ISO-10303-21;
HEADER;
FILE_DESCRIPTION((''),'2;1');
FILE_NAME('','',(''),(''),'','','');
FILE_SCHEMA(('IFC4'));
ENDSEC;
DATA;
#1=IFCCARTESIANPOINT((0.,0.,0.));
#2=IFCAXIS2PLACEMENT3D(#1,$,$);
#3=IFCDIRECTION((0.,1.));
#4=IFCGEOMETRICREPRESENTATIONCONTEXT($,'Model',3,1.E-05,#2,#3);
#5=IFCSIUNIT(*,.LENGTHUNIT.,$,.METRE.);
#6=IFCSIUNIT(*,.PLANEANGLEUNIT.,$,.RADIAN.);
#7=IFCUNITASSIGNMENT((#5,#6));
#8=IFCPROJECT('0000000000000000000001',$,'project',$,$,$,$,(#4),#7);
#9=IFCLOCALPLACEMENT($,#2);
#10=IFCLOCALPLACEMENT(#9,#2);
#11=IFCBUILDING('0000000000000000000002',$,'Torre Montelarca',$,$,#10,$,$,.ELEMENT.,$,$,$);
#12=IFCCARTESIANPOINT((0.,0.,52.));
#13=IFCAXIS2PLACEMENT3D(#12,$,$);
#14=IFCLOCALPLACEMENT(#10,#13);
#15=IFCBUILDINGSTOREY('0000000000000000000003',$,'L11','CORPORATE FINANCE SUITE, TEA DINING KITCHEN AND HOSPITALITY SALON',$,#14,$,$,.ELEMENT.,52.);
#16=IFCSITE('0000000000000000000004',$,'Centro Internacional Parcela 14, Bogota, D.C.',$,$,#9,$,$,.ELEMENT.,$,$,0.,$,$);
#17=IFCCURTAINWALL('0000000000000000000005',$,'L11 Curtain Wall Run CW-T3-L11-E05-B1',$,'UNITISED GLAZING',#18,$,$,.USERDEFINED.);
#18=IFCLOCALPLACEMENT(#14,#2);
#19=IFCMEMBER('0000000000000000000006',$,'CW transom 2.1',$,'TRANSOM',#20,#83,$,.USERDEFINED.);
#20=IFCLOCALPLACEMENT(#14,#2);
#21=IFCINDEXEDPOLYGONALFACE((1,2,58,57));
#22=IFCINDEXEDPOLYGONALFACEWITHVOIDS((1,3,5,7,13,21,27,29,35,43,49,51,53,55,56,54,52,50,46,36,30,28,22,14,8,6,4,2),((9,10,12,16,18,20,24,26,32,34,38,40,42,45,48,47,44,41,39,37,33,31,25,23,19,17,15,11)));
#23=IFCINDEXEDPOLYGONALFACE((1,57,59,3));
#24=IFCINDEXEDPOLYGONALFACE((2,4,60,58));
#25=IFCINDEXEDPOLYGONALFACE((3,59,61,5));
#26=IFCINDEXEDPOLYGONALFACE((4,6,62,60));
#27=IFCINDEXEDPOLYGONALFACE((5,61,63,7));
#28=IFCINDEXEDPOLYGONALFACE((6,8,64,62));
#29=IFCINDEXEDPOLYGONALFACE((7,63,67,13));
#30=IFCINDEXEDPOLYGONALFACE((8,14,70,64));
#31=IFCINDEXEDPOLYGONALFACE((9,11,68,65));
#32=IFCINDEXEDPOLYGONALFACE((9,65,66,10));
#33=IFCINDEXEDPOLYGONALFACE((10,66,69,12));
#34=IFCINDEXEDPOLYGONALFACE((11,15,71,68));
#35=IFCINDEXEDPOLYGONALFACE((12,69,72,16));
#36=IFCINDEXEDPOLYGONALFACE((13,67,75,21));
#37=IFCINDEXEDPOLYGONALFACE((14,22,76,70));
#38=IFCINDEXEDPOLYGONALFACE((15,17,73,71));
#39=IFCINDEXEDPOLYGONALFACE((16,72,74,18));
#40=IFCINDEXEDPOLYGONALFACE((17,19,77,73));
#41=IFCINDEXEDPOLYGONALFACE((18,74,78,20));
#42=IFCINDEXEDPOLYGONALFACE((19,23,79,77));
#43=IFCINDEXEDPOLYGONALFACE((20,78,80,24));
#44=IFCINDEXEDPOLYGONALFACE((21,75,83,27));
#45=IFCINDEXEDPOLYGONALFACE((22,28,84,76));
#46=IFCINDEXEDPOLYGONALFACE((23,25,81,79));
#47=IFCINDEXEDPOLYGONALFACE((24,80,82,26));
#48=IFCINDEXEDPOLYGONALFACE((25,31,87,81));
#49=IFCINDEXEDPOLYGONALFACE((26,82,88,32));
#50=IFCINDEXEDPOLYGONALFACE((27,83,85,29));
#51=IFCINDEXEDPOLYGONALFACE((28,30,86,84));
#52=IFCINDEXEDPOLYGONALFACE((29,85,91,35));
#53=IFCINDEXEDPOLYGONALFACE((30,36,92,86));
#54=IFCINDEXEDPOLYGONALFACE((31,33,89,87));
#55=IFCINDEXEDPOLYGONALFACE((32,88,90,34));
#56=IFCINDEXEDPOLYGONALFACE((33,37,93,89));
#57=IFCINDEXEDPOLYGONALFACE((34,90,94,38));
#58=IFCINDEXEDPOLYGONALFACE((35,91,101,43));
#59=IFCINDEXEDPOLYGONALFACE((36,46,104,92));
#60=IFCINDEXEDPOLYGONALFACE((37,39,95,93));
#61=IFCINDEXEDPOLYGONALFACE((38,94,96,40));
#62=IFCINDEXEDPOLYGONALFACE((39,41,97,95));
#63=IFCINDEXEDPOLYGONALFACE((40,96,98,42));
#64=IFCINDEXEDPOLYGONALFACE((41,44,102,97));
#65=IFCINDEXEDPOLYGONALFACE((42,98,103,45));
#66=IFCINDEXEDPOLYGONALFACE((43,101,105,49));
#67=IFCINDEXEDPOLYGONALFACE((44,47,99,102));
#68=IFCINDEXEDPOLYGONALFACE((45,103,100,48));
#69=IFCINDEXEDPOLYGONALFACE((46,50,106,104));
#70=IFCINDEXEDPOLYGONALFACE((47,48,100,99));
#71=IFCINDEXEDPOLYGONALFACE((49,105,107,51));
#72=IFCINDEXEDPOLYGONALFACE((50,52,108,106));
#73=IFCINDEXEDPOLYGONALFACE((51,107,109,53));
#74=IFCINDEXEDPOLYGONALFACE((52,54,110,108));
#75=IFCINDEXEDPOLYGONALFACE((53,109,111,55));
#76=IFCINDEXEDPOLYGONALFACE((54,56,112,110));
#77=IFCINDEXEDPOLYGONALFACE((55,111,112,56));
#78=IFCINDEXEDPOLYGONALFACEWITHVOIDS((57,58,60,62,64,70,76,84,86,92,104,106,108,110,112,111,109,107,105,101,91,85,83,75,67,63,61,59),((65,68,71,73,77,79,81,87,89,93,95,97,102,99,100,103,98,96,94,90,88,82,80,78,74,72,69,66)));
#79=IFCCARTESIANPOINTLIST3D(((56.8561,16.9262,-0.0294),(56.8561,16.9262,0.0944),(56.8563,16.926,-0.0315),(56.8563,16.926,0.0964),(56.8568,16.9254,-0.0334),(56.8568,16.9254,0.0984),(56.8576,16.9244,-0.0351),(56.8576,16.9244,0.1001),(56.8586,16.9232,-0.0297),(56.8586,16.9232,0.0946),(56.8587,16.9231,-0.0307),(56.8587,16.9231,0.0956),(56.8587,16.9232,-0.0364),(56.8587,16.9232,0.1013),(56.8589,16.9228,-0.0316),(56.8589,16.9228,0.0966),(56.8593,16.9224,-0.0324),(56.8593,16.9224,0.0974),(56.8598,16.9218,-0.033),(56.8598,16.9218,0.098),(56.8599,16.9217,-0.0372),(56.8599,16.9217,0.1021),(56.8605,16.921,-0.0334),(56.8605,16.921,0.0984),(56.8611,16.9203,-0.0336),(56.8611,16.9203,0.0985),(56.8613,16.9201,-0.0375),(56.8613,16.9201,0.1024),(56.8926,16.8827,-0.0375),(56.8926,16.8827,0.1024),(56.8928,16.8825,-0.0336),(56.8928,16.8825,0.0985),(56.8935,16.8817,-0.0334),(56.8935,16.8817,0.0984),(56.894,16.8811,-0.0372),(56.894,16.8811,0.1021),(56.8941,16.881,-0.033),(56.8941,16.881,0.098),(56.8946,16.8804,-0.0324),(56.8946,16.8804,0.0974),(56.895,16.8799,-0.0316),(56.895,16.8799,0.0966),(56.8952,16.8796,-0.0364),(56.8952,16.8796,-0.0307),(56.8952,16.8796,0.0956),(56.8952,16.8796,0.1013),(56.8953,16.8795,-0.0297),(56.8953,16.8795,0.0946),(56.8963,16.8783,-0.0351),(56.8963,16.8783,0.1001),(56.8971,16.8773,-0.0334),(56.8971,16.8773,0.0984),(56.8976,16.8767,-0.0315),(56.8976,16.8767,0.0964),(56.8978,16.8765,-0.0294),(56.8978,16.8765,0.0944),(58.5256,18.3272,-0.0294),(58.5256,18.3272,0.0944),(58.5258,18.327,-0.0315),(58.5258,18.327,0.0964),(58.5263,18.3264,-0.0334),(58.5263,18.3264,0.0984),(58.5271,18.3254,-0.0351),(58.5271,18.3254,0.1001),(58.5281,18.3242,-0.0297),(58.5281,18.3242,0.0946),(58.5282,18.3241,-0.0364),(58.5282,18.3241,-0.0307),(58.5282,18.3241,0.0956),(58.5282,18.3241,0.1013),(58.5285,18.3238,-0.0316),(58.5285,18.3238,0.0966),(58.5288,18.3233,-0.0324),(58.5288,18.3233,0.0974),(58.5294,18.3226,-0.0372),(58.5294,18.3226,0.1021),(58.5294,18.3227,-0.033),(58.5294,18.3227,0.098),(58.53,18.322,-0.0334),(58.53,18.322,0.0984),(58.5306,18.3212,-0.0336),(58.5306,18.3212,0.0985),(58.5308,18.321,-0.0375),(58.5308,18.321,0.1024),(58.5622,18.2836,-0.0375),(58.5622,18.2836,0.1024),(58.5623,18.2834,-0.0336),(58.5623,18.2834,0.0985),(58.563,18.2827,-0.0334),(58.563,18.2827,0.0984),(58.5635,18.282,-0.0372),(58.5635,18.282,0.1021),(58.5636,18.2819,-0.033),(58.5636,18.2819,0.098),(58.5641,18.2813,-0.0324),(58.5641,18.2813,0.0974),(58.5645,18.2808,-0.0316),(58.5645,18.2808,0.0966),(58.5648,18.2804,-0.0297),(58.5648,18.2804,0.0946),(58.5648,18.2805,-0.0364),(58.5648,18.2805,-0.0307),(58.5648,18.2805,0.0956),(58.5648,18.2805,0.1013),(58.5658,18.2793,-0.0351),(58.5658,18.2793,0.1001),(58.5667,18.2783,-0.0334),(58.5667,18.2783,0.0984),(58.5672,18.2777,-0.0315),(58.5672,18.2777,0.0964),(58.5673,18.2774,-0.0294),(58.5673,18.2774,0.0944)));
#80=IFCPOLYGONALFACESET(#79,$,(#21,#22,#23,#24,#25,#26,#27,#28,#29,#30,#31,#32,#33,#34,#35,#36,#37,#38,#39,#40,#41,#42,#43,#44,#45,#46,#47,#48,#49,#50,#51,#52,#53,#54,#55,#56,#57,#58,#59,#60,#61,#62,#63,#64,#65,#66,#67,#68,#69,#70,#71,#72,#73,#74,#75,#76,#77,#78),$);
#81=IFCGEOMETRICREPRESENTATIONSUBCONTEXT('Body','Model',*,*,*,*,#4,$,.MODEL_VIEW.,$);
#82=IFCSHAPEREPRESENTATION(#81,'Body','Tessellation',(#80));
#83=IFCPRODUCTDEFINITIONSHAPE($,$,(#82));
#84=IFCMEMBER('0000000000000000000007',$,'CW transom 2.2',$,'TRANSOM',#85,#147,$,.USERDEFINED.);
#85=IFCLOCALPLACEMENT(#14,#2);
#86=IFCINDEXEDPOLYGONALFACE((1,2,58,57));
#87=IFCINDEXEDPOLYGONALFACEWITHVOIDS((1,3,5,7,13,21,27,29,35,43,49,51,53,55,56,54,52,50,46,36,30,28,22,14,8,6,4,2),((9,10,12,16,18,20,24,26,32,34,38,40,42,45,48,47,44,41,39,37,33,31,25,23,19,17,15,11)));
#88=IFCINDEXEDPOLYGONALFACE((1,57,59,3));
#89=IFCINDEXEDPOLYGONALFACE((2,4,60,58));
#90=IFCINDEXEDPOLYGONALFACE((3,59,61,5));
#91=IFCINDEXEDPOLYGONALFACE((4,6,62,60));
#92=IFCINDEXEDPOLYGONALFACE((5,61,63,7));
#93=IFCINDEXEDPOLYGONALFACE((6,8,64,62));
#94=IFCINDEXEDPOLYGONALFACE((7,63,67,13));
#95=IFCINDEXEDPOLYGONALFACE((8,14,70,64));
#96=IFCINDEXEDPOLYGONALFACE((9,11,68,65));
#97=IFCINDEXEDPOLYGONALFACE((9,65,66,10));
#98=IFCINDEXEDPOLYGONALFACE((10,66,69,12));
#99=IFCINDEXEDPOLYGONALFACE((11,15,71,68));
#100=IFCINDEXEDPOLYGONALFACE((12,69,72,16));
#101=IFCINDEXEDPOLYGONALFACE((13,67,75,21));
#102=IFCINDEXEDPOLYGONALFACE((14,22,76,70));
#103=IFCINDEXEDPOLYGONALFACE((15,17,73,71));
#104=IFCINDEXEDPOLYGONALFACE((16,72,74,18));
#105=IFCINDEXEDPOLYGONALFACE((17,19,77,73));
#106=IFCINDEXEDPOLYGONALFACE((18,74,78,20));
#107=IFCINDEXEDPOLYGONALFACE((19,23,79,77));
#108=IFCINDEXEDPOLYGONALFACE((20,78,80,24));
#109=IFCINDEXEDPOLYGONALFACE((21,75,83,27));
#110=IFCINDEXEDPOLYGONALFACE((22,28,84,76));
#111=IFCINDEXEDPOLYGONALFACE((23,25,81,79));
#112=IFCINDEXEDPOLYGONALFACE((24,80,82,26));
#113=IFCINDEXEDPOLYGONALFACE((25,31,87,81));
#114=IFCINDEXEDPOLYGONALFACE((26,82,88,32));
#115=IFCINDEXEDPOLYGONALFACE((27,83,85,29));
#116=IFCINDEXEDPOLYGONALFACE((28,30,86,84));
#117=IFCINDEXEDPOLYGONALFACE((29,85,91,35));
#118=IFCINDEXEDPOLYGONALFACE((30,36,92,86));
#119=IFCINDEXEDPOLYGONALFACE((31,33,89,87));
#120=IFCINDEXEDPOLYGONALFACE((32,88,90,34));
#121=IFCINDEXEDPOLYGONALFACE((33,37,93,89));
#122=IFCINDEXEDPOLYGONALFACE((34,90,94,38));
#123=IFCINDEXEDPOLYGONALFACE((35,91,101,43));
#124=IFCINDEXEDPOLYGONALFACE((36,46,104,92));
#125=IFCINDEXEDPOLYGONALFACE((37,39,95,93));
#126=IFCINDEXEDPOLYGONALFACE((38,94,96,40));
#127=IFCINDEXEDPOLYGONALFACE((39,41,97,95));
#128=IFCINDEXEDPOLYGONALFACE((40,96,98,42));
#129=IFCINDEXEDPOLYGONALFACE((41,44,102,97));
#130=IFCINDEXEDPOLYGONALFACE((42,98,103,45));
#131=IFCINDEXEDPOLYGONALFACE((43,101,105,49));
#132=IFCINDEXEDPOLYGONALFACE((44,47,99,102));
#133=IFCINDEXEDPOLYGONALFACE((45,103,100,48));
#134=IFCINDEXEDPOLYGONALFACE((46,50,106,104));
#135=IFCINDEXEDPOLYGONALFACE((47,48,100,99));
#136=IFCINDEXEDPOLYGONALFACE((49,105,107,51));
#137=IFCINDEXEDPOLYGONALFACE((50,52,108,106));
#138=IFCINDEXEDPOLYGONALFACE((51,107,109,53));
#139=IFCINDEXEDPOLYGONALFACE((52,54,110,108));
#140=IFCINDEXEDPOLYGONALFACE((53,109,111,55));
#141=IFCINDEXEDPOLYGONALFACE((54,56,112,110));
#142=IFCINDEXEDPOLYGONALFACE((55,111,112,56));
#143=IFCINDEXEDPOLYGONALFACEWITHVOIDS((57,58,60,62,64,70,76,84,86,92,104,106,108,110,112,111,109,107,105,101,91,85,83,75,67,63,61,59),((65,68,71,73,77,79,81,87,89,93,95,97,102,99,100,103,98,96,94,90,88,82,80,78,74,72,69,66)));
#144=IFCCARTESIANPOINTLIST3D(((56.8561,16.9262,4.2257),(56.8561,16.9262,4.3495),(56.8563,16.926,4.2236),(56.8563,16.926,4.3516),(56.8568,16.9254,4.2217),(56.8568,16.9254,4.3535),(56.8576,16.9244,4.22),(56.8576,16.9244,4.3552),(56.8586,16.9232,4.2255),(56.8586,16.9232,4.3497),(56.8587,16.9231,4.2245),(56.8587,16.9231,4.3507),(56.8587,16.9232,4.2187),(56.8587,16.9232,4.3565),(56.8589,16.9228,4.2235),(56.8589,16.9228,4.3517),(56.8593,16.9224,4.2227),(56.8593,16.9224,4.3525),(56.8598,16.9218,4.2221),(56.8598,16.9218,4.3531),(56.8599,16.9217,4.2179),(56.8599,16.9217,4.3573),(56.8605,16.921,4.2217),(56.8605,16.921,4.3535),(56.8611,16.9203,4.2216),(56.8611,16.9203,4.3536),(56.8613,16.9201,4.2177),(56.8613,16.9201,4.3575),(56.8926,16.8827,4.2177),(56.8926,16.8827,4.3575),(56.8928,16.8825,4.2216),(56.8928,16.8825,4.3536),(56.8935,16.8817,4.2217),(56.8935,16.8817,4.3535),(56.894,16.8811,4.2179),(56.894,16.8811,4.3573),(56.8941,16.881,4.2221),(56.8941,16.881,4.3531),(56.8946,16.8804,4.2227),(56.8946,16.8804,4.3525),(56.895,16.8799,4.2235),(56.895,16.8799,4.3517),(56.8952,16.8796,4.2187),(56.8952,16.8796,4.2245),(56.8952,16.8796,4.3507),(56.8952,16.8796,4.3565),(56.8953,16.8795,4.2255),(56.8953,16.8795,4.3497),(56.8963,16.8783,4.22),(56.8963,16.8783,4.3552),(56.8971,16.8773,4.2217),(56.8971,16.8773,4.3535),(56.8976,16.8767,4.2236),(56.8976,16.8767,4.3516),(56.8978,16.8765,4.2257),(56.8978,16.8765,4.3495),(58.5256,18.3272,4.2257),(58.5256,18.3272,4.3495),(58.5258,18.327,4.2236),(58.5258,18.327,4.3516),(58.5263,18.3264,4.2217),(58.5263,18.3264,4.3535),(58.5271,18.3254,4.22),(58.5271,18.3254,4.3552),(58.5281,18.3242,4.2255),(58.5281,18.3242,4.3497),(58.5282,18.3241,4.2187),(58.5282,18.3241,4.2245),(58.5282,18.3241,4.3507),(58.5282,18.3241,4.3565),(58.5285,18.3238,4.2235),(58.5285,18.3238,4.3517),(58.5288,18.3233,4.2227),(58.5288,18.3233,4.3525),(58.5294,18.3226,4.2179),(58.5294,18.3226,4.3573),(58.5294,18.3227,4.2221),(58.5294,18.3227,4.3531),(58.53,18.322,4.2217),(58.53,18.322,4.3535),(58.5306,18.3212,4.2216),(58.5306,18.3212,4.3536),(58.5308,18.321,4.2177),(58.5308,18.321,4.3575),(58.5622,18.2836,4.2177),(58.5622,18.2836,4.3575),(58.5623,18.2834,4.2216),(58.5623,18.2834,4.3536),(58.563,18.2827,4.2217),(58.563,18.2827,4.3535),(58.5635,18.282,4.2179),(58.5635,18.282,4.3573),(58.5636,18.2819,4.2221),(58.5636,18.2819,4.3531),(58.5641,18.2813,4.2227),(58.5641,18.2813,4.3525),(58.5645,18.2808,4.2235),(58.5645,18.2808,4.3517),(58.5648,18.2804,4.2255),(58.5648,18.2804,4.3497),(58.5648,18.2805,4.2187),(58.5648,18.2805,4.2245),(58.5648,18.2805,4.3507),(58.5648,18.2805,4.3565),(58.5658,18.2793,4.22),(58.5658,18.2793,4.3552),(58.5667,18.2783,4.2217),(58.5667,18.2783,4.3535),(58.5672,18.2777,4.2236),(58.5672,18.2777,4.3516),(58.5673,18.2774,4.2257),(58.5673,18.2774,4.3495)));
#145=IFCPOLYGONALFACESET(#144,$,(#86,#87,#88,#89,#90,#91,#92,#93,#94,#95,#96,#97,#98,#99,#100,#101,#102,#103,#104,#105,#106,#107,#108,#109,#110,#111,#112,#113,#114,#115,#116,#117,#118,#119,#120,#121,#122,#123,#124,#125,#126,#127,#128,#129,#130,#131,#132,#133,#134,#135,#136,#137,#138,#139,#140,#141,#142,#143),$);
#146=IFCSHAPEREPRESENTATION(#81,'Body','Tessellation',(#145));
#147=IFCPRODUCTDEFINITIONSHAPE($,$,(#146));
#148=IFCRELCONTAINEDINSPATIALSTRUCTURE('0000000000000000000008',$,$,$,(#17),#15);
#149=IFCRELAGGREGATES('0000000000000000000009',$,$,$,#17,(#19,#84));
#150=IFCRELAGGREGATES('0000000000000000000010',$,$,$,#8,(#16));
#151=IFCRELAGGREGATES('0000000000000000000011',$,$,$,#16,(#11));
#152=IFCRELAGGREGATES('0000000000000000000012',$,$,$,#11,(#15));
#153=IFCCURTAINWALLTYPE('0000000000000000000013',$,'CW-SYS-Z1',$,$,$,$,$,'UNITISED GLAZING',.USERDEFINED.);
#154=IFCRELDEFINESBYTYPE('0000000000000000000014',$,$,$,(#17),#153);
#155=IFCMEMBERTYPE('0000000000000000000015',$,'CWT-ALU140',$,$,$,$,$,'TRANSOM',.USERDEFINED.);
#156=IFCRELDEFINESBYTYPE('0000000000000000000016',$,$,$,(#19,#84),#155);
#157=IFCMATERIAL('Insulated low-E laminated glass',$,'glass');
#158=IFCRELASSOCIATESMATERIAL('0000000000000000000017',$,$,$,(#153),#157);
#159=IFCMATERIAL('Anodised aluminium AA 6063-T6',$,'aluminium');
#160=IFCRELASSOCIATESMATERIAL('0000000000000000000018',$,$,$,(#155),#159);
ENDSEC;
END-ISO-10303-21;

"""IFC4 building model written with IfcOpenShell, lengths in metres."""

from ifc_helpers import new_model, si_unit, direction, frame, origin, origin_2d, place, context, subcontext, project, spatial, hollow_rectangle, extrude, source, transform, mapped, material, material_profile, profile_set, type_object, element, aggregate, save


model = new_model("IFC4")

# Units and contexts
model_context = context("Model", 3, precision=1e-05, world=origin(), true_north=direction((0.0, 1.0)))
body_context = subcontext(model_context, "Body", "Model", "MODEL_VIEW")
ifc_project = project(units=[si_unit("LENGTHUNIT", "METRE"), si_unit("PLANEANGLEUNIT", "RADIAN")], contexts=[model_context])

# Site, building, storey
site_placement = place(None, origin())
site = spatial("IfcSite", under=ifc_project, at=site_placement, Name="Centro Internacional Parcela 14, Bogota, D.C.", CompositionType="ELEMENT", RefElevation=0.0)
building_placement = place(site_placement, origin())
building = spatial("IfcBuilding", under=site, at=building_placement, Name="Torre Montelarca", CompositionType="ELEMENT")
storey_placement = place(building_placement, frame((0.0, 0.0, 52.0)))
storey = spatial("IfcBuildingStorey", under=building, at=storey_placement, Name="L11", Description="CORPORATE FINANCE SUITE, TEA DINING KITCHEN AND HOSPITALITY SALON", CompositionType="ELEMENT", Elevation=52.0)

# Curtain wall
ifc_material_1 = material(Name="Insulated low-E laminated glass", Category="glass")
curtain_wall_type = type_object("IfcCurtainWallType", Name="CW-SYS-Z1", ElementType="UNITISED GLAZING", PredefinedType="USERDEFINED", material=ifc_material_1)
ifc_material_2 = material(Name="Anodised aluminium AA 6063-T6", Category="aluminium")
curtain_wall_1_placement = place(storey_placement, origin())
curtain_wall_1 = element("IfcCurtainWall", 1, at=curtain_wall_1_placement, inside=storey, type_object=curtain_wall_type, Name="L11 Curtain Wall Run CW-T3-L11-E05-B1", ObjectType="UNITISED GLAZING", PredefinedType="USERDEFINED")

# Members
ifc_material_profile_1 = material_profile(ifc_material_2, hollow_rectangle(XDim=0.0649, YDim=0.1399, WallThickness=0.0039, InnerFilletRadius=0.0039, OuterFilletRadius=0.0081, at=origin_2d()), Name="ALU65X140X4", Category="aluminium")
ifc_profile_set_1 = profile_set([ifc_material_profile_1], Name="Anodised aluminium AA 6063-T6")
member_type_1 = type_object("IfcMemberType", Name="CWT-ALU140", ElementType="TRANSOM", PredefinedType="USERDEFINED", material=ifc_profile_set_1)
shared_shape_1 = source(origin(), body_context, "Body", "SweptSolid", [
    extrude(hollow_rectangle(XDim=0.0649, YDim=0.1399, WallThickness=0.0039, InnerFilletRadius=0.0039, OuterFilletRadius=0.0081, at=origin_2d()), origin(), (0.0, 0.0, 1.0), 2.1794),
])
member_1_placement = place(storey_placement, frame((56.877, 16.9014, 0.0325), z_axis=(0.766031, 0.642803, 0.0), x_axis=(-0.642803, 0.766031, 0.0)))
member_1 = element("IfcMember", 2, at=member_1_placement, type_object=member_type_1, Name="CW transom 2.1", ObjectType="TRANSOM", PredefinedType="USERDEFINED", context=body_context, shape_type="MappedRepresentation", body=[
    mapped(shared_shape_1, transform((0.0, 0.0, 0.0), scale=1.0)),
])
member_2_placement = place(storey_placement, frame((56.877, 16.9014, 4.2876), z_axis=(0.766031, 0.642803, 0.0), x_axis=(-0.642803, 0.766031, 0.0)))
member_2 = element("IfcMember", 3, at=member_2_placement, type_object=member_type_1, Name="CW transom 2.2", ObjectType="TRANSOM", PredefinedType="USERDEFINED", context=body_context, shape_type="MappedRepresentation", body=[
    mapped(shared_shape_1, transform((0.0, 0.0, 0.0), scale=1.0)),
])

aggregate(curtain_wall_1, [member_1, member_2])

save(model, "model.ifc")
